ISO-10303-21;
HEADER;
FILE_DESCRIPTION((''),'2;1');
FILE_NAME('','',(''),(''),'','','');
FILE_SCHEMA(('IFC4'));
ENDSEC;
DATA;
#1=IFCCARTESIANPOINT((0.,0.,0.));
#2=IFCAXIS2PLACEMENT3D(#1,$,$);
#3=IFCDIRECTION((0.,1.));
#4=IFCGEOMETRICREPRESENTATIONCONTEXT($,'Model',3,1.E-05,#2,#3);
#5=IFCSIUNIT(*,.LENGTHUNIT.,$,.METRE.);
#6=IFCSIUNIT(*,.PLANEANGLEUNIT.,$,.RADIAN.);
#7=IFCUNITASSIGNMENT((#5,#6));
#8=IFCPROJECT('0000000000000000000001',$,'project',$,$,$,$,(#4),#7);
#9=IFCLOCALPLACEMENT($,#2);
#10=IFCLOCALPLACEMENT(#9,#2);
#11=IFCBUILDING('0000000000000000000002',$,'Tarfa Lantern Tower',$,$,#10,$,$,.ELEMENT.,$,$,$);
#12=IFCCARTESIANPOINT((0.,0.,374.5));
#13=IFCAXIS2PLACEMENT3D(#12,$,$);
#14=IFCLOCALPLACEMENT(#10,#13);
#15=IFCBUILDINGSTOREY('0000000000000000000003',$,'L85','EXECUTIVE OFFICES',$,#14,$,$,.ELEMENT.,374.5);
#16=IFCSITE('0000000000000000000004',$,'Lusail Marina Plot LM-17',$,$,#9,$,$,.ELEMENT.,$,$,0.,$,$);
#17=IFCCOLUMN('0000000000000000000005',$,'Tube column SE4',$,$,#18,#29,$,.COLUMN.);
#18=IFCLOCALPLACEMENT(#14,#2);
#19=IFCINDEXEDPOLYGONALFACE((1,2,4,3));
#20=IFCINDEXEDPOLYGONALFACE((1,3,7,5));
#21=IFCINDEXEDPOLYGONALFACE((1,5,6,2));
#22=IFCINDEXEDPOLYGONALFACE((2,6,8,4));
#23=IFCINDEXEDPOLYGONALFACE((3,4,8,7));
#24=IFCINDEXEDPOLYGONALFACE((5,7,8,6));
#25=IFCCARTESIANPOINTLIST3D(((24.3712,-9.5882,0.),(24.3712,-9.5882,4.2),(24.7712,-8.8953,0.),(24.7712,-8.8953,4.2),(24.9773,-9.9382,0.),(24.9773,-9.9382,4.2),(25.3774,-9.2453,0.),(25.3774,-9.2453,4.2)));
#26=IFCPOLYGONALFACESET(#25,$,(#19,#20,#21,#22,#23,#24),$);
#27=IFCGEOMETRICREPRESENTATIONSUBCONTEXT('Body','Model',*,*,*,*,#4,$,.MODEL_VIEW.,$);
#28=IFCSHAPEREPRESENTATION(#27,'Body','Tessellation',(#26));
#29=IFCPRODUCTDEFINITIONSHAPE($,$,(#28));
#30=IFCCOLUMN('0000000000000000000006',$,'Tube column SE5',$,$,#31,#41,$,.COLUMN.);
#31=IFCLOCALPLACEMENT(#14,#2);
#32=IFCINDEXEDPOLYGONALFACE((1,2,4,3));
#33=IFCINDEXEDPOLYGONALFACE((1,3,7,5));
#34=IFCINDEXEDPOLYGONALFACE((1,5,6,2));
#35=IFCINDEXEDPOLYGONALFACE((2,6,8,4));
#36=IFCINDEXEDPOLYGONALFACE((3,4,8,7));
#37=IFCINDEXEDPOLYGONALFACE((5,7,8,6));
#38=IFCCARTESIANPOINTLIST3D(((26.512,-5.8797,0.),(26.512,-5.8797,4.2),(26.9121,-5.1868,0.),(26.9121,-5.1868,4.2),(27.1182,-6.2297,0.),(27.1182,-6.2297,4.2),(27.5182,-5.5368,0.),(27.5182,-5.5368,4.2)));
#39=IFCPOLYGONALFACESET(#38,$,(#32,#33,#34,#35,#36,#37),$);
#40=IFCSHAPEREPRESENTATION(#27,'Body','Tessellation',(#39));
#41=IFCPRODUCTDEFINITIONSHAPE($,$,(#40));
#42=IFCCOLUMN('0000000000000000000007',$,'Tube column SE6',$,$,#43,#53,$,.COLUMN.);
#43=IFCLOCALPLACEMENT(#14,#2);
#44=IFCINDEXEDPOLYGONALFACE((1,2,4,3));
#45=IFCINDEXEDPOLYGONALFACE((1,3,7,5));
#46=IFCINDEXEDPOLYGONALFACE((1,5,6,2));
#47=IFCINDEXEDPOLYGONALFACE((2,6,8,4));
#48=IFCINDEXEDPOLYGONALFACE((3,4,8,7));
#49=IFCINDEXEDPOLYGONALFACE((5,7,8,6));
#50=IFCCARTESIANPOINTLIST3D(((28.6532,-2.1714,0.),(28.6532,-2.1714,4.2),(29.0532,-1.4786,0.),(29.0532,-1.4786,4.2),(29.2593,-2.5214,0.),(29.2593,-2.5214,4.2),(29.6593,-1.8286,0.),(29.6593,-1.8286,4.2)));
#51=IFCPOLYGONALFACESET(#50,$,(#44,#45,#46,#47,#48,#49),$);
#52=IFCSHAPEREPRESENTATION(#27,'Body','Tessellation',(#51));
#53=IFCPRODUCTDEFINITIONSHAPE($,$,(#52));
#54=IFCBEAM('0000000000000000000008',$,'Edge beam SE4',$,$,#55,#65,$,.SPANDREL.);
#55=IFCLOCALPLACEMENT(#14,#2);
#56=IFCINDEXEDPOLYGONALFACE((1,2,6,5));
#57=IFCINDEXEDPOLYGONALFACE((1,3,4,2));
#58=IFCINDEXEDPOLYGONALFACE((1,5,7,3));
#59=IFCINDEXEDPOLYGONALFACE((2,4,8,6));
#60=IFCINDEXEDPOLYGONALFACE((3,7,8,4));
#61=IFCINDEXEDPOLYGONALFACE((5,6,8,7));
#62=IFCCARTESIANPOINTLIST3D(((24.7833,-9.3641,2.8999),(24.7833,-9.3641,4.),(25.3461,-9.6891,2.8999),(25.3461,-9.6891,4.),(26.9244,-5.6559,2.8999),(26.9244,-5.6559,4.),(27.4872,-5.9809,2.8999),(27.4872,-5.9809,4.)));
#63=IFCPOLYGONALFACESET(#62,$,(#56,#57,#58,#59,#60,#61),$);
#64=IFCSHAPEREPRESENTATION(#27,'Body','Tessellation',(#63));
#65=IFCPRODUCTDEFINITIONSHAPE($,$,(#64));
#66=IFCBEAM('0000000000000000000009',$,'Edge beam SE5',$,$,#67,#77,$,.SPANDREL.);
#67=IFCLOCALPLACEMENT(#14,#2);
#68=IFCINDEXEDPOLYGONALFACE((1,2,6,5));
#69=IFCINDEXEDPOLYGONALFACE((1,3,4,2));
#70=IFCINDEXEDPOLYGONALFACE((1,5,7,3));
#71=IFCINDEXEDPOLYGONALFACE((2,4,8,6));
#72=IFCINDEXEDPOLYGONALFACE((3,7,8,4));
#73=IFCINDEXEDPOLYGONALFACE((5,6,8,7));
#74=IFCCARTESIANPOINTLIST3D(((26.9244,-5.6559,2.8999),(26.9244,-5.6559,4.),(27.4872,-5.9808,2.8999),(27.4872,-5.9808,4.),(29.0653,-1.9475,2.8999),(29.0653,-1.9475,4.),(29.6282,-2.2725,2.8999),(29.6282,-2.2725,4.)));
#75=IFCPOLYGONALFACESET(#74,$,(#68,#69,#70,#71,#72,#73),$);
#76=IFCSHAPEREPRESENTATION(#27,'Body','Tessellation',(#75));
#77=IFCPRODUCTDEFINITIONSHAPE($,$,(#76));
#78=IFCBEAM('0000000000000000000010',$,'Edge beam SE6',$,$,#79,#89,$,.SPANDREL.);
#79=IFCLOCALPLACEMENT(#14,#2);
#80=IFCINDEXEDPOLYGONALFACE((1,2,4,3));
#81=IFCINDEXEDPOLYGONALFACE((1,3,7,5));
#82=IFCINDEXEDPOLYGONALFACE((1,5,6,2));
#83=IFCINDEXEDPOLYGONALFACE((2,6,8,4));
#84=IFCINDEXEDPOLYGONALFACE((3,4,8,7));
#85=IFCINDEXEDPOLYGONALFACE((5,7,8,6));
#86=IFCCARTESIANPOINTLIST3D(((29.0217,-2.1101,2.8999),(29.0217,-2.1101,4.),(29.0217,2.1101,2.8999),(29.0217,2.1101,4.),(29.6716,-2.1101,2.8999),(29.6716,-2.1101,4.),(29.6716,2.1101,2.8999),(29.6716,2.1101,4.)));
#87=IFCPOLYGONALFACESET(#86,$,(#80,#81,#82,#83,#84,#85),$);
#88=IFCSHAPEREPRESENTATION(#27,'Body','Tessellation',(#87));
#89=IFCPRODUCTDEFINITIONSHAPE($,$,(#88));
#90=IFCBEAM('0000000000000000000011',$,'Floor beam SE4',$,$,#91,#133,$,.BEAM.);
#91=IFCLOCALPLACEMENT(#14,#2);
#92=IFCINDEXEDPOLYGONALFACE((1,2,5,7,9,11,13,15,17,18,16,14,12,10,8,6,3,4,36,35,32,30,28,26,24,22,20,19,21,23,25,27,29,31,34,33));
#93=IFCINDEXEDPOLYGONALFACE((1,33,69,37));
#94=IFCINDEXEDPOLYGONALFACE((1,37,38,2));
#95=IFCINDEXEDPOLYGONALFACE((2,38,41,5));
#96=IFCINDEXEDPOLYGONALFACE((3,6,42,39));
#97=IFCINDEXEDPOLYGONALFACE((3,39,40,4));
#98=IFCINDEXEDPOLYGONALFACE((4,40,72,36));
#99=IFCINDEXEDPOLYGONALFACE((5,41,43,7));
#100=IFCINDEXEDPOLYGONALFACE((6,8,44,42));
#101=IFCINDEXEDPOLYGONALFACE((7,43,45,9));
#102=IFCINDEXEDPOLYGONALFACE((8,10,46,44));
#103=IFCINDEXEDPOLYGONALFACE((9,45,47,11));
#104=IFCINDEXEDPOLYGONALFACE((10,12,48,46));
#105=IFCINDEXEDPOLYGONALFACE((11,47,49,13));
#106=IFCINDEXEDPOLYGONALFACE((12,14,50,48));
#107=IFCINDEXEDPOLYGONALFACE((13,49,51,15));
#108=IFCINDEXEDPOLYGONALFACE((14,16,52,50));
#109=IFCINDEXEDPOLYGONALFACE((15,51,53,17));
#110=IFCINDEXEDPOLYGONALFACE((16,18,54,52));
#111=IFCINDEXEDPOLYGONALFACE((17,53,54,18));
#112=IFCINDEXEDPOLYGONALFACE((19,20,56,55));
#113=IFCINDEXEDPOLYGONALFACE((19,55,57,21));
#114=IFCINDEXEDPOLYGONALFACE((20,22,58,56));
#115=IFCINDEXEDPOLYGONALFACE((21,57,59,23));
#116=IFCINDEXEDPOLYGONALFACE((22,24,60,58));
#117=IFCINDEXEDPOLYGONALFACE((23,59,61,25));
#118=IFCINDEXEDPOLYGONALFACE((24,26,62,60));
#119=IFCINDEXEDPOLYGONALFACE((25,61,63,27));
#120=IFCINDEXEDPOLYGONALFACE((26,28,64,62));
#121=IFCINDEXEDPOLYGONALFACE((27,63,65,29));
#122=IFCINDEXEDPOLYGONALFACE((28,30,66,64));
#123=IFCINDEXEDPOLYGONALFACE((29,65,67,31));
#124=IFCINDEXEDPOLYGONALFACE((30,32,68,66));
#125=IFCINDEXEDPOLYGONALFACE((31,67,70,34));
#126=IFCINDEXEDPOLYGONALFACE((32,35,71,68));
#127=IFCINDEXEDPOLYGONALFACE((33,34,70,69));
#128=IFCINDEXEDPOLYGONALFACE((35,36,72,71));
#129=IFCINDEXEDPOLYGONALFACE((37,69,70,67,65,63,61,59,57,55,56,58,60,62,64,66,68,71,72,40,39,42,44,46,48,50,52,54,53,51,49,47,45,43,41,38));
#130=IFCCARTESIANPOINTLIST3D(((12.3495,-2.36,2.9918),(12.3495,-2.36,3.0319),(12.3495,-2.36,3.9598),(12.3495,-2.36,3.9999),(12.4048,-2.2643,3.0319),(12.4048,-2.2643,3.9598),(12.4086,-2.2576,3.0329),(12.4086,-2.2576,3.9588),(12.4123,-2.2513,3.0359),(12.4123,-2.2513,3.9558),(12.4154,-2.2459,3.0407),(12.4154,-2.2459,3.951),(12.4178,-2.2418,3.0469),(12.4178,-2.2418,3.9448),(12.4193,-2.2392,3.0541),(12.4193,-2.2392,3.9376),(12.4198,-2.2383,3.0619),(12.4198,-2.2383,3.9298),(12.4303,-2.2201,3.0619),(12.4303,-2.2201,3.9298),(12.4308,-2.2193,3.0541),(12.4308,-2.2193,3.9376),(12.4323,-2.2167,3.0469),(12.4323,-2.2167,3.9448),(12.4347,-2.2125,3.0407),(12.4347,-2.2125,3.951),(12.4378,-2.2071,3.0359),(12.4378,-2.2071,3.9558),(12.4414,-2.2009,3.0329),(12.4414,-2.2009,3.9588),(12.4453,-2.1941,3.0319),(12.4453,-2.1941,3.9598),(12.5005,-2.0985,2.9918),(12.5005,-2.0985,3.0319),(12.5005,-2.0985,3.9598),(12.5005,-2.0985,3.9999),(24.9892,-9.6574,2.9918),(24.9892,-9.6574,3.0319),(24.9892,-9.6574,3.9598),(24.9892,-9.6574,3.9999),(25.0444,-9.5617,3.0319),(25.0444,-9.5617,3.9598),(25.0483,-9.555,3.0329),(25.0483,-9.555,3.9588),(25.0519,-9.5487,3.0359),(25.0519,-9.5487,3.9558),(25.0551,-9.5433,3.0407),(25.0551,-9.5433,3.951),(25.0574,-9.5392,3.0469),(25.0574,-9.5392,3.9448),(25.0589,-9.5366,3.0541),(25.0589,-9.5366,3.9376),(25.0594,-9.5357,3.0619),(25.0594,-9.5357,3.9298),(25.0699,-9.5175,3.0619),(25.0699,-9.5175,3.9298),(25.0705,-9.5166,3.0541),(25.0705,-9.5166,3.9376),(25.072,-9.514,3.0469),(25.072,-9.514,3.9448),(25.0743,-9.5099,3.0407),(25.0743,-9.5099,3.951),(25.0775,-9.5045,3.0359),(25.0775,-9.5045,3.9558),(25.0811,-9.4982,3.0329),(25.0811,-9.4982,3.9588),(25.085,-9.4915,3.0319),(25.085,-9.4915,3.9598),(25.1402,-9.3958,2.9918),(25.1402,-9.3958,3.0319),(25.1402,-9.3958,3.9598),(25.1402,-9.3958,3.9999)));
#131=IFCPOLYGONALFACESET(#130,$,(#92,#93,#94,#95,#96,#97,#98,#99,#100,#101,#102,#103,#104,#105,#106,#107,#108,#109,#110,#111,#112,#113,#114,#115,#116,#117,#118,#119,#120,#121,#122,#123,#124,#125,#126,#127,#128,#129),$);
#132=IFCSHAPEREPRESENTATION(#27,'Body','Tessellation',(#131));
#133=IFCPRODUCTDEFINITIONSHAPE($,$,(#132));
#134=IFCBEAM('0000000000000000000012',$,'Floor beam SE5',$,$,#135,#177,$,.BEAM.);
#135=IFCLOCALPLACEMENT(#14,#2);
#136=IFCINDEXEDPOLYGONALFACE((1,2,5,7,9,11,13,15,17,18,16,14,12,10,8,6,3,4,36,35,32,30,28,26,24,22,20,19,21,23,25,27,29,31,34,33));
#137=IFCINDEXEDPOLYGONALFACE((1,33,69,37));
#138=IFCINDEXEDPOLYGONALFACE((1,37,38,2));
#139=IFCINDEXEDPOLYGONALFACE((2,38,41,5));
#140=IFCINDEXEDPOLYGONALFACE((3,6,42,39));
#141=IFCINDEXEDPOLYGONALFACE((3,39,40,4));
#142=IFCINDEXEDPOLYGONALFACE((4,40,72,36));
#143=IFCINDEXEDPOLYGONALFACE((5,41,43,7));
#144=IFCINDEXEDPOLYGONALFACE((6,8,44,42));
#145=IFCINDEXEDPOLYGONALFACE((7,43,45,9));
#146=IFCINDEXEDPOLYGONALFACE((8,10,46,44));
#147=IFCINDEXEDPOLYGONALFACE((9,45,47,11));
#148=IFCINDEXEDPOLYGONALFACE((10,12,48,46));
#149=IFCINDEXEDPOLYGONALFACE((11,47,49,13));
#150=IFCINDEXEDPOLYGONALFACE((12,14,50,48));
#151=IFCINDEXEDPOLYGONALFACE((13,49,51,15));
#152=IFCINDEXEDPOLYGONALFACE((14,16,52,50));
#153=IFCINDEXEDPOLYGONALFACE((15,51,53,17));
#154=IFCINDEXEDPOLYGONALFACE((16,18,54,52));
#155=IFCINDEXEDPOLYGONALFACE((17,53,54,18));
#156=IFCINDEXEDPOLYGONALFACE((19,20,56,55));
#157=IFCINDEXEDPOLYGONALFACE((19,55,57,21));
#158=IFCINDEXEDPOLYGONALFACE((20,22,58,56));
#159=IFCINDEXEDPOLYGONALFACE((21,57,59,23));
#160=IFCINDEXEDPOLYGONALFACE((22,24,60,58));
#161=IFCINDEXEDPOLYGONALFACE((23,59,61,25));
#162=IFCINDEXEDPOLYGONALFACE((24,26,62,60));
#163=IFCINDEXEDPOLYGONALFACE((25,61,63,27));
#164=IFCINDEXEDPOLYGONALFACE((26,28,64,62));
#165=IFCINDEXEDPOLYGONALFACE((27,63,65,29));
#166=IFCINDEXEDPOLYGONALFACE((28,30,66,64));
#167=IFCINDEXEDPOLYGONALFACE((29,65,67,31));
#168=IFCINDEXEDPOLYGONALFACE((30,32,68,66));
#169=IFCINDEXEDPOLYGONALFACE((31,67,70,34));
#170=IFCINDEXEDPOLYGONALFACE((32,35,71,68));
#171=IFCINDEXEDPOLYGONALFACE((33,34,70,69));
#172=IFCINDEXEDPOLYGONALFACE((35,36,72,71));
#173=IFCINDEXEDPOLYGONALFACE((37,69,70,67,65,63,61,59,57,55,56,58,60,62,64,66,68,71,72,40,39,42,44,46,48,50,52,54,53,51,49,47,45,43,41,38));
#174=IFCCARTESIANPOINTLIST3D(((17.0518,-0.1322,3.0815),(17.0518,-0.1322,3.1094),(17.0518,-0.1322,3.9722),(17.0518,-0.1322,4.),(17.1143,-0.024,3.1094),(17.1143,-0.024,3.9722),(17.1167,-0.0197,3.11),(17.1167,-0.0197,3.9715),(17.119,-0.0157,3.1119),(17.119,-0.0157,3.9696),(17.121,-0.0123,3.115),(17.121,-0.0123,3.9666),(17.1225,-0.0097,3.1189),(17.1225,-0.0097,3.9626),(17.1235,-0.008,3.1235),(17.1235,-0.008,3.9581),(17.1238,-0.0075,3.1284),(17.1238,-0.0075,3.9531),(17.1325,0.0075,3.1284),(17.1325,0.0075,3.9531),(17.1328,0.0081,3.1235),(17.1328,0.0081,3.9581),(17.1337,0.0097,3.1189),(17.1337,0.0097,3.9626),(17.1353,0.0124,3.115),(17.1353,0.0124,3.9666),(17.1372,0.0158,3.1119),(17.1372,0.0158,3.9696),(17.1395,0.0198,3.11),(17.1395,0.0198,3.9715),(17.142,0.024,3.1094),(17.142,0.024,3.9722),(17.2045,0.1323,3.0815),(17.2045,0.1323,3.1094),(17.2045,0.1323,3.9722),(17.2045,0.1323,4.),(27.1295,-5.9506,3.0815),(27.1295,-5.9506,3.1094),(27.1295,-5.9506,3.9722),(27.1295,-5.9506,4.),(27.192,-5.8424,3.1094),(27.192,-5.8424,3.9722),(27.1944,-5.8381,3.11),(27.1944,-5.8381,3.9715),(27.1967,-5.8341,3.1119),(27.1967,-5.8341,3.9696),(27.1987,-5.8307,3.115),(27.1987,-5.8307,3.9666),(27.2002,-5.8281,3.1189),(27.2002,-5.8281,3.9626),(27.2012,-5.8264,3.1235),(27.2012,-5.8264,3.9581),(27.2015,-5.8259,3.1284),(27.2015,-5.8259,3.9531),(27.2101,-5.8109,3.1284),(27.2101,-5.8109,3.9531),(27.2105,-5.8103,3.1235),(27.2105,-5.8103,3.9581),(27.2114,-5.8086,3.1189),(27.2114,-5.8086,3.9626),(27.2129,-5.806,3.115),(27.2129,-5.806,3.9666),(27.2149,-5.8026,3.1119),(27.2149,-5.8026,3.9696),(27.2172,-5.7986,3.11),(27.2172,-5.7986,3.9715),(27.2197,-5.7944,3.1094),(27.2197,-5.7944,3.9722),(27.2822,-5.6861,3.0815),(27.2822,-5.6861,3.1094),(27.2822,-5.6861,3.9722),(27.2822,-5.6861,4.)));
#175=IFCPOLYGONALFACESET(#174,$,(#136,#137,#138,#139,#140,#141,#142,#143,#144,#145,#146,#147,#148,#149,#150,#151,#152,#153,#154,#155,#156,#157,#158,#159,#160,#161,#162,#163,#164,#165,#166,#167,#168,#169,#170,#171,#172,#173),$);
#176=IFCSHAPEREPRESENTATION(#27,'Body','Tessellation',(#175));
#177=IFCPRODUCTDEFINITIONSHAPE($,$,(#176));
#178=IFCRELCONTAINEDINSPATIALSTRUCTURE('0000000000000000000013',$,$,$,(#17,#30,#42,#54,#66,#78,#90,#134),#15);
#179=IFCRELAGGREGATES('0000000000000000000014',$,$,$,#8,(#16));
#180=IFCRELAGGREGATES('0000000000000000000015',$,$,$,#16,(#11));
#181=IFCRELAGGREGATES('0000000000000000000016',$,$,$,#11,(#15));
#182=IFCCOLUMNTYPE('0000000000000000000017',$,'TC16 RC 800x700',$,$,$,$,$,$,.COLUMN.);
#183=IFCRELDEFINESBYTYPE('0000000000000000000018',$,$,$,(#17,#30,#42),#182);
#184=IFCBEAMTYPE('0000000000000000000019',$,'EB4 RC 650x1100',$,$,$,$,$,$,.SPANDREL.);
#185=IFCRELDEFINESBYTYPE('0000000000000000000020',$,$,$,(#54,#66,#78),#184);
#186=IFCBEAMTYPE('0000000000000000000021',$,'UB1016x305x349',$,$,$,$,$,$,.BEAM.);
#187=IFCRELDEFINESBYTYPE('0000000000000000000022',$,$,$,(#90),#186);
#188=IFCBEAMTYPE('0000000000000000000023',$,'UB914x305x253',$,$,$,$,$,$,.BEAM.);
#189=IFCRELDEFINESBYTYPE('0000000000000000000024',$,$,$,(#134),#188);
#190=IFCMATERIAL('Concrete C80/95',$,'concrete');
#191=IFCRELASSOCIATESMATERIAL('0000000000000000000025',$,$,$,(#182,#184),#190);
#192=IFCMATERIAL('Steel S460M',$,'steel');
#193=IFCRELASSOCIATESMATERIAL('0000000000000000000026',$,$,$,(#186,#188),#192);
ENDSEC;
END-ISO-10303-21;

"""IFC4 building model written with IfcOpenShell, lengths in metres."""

from ifc_helpers import new_model, si_unit, direction, frame, origin, origin_2d, place, context, subcontext, project, spatial, rectangle, i_section, extrude, material, material_profile, profile_set, type_object, element, save


model = new_model("IFC4")

# Units and contexts
model_context = context("Model", 3, precision=1e-05, world=origin(), true_north=direction((0.0, 1.0)))
body_context = subcontext(model_context, "Body", "Model", "MODEL_VIEW")
ifc_project = project(units=[si_unit("LENGTHUNIT", "METRE"), si_unit("PLANEANGLEUNIT", "RADIAN")], contexts=[model_context])

# Site, building, storey
site_placement = place(None, origin())
site = spatial("IfcSite", under=ifc_project, at=site_placement, Name="Lusail Marina Plot LM-17", CompositionType="ELEMENT", RefElevation=0.0)
building_placement = place(site_placement, origin())
building = spatial("IfcBuilding", under=site, at=building_placement, Name="Tarfa Lantern Tower", CompositionType="ELEMENT")
storey_placement = place(building_placement, frame((0.0, 0.0, 374.5)))
storey = spatial("IfcBuildingStorey", under=building, at=storey_placement, Name="L85", Description="EXECUTIVE OFFICES", CompositionType="ELEMENT", Elevation=374.5)

# Columns
ifc_material_1 = material(Name="Concrete C80/95", Category="concrete")
ifc_material_profile_1 = material_profile(ifc_material_1, rectangle(XDim=0.8, YDim=0.7, at=origin_2d()), Name="RC 800x700")
ifc_profile_set_1 = profile_set([ifc_material_profile_1], Name="Concrete C80/95")
column_type = type_object("IfcColumnType", Name="TC16 RC 800x700", PredefinedType="COLUMN", material=ifc_profile_set_1)
for number, where, z_axis, x_axis, name in (
    (1, (24.8743, -9.4167, 0.0), (0.0, 0.0, 1.0), (0.5, 0.866025, 0.0), "Tube column SE4"),
    (2, (27.0151, -5.7083, 0.0), (0.0, 0.0, 1.0), (0.5, 0.866025, 0.0), "Tube column SE5"),
    (3, (29.1562, -2.0, 0.0), (0.0, 0.0, 1.0), (0.5, 0.866025, 0.0), "Tube column SE6"),
):
    element("IfcColumn", number, at=place(storey_placement, frame(where, z_axis=z_axis, x_axis=x_axis)), inside=storey, type_object=column_type, Name=name, PredefinedType="COLUMN", context=body_context, shape_type="SweptSolid", body=[
        extrude(rectangle(XDim=0.8, YDim=0.7, at=origin_2d()), origin(), (0.0, 0.0, 1.0), 4.2),
    ])

# Beams
ifc_material_profile_2 = material_profile(ifc_material_1, rectangle(XDim=0.6499, YDim=1.1001, at=origin_2d()), Name="RC 650x1100")
ifc_profile_set_2 = profile_set([ifc_material_profile_2], Name="Concrete C80/95")
beam_type_1 = type_object("IfcBeamType", Name="EB4 RC 650x1100", PredefinedType="SPANDREL", material=ifc_profile_set_2)
for number, where, z_axis, x_axis, name in (
    (4, (25.0647, -9.5266, 3.45), (0.500027, 0.86601, 0.0), (-0.86601, 0.500027, 0.0), "Edge beam SE4"),
    (5, (27.2058, -5.8184, 3.45), (0.499984, 0.866035, 0.0), (-0.866035, 0.499984, 0.0), "Edge beam SE5"),
):
    element("IfcBeam", number, at=place(storey_placement, frame(where, z_axis=z_axis, x_axis=x_axis)), inside=storey, type_object=beam_type_1, Name=name, PredefinedType="SPANDREL", context=body_context, shape_type="SweptSolid", body=[
        extrude(rectangle(XDim=0.6499, YDim=1.1001, at=origin_2d()), origin(), (0.0, 0.0, 1.0), 4.282),
    ])
beam_1_placement = place(storey_placement, frame((29.3467, -2.1101, 3.45), z_axis=(0.0, 1.0, 0.0), x_axis=(-1.0, 0.0, 0.0)))
element("IfcBeam", 6, at=beam_1_placement, inside=storey, type_object=beam_type_1, Name="Edge beam SE6", PredefinedType="SPANDREL", context=body_context, shape_type="SweptSolid", body=[
    extrude(rectangle(XDim=0.6499, YDim=1.1001, at=origin_2d()), origin(), (0.0, 0.0, 1.0), 4.2202),
])
ifc_material_2 = material(Name="Steel S460M", Category="steel")
ifc_material_profile_3 = material_profile(ifc_material_2, i_section(OverallWidth=0.302, OverallDepth=1.0081, WebThickness=0.021, FlangeThickness=0.04, FilletRadius=0.03, at=origin_2d()), Name="UB1016x305x349")
ifc_profile_set_3 = profile_set([ifc_material_profile_3], Name="Steel S460M")
beam_type_2 = type_object("IfcBeamType", Name="UB1016x305x349", PredefinedType="BEAM", material=ifc_profile_set_3)
beam_2_placement = place(storey_placement, frame((25.0647, -9.5266, 3.4958), z_axis=(-0.86603, 0.499993, 0.0), x_axis=(-0.499993, -0.86603, 0.0)))
element("IfcBeam", 7, at=beam_2_placement, inside=storey, type_object=beam_type_2, Name="Floor beam SE4", PredefinedType="BEAM", context=body_context, shape_type="SweptSolid", body=[
    extrude(i_section(OverallWidth=0.302, OverallDepth=1.0081, WebThickness=0.021, FlangeThickness=0.04, FilletRadius=0.03, at=origin_2d()), origin(), (0.0, 0.0, 1.0), 14.595),
])
ifc_material_profile_4 = material_profile(ifc_material_2, i_section(OverallWidth=0.3054, OverallDepth=0.9185, WebThickness=0.0173, FlangeThickness=0.0278, FilletRadius=0.019, at=origin_2d()), Name="UB914x305x253")
ifc_profile_set_4 = profile_set([ifc_material_profile_4], Name="Steel S460M")
beam_type_3 = type_object("IfcBeamType", Name="UB914x305x253", PredefinedType="BEAM", material=ifc_profile_set_4)
beam_3_placement = place(storey_placement, frame((27.2058, -5.8184, 3.5408), z_axis=(-0.866024, 0.500002, 0.0), x_axis=(-0.500002, -0.866024, 0.0)))
element("IfcBeam", 8, at=beam_3_placement, inside=storey, type_object=beam_type_3, Name="Floor beam SE5", PredefinedType="BEAM", context=body_context, shape_type="SweptSolid", body=[
    extrude(i_section(OverallWidth=0.3054, OverallDepth=0.9185, WebThickness=0.0173, FlangeThickness=0.0278, FilletRadius=0.019, at=origin_2d()), origin(), (0.0, 0.0, 1.0), 11.6367),
])

save(model, "model.ifc")
